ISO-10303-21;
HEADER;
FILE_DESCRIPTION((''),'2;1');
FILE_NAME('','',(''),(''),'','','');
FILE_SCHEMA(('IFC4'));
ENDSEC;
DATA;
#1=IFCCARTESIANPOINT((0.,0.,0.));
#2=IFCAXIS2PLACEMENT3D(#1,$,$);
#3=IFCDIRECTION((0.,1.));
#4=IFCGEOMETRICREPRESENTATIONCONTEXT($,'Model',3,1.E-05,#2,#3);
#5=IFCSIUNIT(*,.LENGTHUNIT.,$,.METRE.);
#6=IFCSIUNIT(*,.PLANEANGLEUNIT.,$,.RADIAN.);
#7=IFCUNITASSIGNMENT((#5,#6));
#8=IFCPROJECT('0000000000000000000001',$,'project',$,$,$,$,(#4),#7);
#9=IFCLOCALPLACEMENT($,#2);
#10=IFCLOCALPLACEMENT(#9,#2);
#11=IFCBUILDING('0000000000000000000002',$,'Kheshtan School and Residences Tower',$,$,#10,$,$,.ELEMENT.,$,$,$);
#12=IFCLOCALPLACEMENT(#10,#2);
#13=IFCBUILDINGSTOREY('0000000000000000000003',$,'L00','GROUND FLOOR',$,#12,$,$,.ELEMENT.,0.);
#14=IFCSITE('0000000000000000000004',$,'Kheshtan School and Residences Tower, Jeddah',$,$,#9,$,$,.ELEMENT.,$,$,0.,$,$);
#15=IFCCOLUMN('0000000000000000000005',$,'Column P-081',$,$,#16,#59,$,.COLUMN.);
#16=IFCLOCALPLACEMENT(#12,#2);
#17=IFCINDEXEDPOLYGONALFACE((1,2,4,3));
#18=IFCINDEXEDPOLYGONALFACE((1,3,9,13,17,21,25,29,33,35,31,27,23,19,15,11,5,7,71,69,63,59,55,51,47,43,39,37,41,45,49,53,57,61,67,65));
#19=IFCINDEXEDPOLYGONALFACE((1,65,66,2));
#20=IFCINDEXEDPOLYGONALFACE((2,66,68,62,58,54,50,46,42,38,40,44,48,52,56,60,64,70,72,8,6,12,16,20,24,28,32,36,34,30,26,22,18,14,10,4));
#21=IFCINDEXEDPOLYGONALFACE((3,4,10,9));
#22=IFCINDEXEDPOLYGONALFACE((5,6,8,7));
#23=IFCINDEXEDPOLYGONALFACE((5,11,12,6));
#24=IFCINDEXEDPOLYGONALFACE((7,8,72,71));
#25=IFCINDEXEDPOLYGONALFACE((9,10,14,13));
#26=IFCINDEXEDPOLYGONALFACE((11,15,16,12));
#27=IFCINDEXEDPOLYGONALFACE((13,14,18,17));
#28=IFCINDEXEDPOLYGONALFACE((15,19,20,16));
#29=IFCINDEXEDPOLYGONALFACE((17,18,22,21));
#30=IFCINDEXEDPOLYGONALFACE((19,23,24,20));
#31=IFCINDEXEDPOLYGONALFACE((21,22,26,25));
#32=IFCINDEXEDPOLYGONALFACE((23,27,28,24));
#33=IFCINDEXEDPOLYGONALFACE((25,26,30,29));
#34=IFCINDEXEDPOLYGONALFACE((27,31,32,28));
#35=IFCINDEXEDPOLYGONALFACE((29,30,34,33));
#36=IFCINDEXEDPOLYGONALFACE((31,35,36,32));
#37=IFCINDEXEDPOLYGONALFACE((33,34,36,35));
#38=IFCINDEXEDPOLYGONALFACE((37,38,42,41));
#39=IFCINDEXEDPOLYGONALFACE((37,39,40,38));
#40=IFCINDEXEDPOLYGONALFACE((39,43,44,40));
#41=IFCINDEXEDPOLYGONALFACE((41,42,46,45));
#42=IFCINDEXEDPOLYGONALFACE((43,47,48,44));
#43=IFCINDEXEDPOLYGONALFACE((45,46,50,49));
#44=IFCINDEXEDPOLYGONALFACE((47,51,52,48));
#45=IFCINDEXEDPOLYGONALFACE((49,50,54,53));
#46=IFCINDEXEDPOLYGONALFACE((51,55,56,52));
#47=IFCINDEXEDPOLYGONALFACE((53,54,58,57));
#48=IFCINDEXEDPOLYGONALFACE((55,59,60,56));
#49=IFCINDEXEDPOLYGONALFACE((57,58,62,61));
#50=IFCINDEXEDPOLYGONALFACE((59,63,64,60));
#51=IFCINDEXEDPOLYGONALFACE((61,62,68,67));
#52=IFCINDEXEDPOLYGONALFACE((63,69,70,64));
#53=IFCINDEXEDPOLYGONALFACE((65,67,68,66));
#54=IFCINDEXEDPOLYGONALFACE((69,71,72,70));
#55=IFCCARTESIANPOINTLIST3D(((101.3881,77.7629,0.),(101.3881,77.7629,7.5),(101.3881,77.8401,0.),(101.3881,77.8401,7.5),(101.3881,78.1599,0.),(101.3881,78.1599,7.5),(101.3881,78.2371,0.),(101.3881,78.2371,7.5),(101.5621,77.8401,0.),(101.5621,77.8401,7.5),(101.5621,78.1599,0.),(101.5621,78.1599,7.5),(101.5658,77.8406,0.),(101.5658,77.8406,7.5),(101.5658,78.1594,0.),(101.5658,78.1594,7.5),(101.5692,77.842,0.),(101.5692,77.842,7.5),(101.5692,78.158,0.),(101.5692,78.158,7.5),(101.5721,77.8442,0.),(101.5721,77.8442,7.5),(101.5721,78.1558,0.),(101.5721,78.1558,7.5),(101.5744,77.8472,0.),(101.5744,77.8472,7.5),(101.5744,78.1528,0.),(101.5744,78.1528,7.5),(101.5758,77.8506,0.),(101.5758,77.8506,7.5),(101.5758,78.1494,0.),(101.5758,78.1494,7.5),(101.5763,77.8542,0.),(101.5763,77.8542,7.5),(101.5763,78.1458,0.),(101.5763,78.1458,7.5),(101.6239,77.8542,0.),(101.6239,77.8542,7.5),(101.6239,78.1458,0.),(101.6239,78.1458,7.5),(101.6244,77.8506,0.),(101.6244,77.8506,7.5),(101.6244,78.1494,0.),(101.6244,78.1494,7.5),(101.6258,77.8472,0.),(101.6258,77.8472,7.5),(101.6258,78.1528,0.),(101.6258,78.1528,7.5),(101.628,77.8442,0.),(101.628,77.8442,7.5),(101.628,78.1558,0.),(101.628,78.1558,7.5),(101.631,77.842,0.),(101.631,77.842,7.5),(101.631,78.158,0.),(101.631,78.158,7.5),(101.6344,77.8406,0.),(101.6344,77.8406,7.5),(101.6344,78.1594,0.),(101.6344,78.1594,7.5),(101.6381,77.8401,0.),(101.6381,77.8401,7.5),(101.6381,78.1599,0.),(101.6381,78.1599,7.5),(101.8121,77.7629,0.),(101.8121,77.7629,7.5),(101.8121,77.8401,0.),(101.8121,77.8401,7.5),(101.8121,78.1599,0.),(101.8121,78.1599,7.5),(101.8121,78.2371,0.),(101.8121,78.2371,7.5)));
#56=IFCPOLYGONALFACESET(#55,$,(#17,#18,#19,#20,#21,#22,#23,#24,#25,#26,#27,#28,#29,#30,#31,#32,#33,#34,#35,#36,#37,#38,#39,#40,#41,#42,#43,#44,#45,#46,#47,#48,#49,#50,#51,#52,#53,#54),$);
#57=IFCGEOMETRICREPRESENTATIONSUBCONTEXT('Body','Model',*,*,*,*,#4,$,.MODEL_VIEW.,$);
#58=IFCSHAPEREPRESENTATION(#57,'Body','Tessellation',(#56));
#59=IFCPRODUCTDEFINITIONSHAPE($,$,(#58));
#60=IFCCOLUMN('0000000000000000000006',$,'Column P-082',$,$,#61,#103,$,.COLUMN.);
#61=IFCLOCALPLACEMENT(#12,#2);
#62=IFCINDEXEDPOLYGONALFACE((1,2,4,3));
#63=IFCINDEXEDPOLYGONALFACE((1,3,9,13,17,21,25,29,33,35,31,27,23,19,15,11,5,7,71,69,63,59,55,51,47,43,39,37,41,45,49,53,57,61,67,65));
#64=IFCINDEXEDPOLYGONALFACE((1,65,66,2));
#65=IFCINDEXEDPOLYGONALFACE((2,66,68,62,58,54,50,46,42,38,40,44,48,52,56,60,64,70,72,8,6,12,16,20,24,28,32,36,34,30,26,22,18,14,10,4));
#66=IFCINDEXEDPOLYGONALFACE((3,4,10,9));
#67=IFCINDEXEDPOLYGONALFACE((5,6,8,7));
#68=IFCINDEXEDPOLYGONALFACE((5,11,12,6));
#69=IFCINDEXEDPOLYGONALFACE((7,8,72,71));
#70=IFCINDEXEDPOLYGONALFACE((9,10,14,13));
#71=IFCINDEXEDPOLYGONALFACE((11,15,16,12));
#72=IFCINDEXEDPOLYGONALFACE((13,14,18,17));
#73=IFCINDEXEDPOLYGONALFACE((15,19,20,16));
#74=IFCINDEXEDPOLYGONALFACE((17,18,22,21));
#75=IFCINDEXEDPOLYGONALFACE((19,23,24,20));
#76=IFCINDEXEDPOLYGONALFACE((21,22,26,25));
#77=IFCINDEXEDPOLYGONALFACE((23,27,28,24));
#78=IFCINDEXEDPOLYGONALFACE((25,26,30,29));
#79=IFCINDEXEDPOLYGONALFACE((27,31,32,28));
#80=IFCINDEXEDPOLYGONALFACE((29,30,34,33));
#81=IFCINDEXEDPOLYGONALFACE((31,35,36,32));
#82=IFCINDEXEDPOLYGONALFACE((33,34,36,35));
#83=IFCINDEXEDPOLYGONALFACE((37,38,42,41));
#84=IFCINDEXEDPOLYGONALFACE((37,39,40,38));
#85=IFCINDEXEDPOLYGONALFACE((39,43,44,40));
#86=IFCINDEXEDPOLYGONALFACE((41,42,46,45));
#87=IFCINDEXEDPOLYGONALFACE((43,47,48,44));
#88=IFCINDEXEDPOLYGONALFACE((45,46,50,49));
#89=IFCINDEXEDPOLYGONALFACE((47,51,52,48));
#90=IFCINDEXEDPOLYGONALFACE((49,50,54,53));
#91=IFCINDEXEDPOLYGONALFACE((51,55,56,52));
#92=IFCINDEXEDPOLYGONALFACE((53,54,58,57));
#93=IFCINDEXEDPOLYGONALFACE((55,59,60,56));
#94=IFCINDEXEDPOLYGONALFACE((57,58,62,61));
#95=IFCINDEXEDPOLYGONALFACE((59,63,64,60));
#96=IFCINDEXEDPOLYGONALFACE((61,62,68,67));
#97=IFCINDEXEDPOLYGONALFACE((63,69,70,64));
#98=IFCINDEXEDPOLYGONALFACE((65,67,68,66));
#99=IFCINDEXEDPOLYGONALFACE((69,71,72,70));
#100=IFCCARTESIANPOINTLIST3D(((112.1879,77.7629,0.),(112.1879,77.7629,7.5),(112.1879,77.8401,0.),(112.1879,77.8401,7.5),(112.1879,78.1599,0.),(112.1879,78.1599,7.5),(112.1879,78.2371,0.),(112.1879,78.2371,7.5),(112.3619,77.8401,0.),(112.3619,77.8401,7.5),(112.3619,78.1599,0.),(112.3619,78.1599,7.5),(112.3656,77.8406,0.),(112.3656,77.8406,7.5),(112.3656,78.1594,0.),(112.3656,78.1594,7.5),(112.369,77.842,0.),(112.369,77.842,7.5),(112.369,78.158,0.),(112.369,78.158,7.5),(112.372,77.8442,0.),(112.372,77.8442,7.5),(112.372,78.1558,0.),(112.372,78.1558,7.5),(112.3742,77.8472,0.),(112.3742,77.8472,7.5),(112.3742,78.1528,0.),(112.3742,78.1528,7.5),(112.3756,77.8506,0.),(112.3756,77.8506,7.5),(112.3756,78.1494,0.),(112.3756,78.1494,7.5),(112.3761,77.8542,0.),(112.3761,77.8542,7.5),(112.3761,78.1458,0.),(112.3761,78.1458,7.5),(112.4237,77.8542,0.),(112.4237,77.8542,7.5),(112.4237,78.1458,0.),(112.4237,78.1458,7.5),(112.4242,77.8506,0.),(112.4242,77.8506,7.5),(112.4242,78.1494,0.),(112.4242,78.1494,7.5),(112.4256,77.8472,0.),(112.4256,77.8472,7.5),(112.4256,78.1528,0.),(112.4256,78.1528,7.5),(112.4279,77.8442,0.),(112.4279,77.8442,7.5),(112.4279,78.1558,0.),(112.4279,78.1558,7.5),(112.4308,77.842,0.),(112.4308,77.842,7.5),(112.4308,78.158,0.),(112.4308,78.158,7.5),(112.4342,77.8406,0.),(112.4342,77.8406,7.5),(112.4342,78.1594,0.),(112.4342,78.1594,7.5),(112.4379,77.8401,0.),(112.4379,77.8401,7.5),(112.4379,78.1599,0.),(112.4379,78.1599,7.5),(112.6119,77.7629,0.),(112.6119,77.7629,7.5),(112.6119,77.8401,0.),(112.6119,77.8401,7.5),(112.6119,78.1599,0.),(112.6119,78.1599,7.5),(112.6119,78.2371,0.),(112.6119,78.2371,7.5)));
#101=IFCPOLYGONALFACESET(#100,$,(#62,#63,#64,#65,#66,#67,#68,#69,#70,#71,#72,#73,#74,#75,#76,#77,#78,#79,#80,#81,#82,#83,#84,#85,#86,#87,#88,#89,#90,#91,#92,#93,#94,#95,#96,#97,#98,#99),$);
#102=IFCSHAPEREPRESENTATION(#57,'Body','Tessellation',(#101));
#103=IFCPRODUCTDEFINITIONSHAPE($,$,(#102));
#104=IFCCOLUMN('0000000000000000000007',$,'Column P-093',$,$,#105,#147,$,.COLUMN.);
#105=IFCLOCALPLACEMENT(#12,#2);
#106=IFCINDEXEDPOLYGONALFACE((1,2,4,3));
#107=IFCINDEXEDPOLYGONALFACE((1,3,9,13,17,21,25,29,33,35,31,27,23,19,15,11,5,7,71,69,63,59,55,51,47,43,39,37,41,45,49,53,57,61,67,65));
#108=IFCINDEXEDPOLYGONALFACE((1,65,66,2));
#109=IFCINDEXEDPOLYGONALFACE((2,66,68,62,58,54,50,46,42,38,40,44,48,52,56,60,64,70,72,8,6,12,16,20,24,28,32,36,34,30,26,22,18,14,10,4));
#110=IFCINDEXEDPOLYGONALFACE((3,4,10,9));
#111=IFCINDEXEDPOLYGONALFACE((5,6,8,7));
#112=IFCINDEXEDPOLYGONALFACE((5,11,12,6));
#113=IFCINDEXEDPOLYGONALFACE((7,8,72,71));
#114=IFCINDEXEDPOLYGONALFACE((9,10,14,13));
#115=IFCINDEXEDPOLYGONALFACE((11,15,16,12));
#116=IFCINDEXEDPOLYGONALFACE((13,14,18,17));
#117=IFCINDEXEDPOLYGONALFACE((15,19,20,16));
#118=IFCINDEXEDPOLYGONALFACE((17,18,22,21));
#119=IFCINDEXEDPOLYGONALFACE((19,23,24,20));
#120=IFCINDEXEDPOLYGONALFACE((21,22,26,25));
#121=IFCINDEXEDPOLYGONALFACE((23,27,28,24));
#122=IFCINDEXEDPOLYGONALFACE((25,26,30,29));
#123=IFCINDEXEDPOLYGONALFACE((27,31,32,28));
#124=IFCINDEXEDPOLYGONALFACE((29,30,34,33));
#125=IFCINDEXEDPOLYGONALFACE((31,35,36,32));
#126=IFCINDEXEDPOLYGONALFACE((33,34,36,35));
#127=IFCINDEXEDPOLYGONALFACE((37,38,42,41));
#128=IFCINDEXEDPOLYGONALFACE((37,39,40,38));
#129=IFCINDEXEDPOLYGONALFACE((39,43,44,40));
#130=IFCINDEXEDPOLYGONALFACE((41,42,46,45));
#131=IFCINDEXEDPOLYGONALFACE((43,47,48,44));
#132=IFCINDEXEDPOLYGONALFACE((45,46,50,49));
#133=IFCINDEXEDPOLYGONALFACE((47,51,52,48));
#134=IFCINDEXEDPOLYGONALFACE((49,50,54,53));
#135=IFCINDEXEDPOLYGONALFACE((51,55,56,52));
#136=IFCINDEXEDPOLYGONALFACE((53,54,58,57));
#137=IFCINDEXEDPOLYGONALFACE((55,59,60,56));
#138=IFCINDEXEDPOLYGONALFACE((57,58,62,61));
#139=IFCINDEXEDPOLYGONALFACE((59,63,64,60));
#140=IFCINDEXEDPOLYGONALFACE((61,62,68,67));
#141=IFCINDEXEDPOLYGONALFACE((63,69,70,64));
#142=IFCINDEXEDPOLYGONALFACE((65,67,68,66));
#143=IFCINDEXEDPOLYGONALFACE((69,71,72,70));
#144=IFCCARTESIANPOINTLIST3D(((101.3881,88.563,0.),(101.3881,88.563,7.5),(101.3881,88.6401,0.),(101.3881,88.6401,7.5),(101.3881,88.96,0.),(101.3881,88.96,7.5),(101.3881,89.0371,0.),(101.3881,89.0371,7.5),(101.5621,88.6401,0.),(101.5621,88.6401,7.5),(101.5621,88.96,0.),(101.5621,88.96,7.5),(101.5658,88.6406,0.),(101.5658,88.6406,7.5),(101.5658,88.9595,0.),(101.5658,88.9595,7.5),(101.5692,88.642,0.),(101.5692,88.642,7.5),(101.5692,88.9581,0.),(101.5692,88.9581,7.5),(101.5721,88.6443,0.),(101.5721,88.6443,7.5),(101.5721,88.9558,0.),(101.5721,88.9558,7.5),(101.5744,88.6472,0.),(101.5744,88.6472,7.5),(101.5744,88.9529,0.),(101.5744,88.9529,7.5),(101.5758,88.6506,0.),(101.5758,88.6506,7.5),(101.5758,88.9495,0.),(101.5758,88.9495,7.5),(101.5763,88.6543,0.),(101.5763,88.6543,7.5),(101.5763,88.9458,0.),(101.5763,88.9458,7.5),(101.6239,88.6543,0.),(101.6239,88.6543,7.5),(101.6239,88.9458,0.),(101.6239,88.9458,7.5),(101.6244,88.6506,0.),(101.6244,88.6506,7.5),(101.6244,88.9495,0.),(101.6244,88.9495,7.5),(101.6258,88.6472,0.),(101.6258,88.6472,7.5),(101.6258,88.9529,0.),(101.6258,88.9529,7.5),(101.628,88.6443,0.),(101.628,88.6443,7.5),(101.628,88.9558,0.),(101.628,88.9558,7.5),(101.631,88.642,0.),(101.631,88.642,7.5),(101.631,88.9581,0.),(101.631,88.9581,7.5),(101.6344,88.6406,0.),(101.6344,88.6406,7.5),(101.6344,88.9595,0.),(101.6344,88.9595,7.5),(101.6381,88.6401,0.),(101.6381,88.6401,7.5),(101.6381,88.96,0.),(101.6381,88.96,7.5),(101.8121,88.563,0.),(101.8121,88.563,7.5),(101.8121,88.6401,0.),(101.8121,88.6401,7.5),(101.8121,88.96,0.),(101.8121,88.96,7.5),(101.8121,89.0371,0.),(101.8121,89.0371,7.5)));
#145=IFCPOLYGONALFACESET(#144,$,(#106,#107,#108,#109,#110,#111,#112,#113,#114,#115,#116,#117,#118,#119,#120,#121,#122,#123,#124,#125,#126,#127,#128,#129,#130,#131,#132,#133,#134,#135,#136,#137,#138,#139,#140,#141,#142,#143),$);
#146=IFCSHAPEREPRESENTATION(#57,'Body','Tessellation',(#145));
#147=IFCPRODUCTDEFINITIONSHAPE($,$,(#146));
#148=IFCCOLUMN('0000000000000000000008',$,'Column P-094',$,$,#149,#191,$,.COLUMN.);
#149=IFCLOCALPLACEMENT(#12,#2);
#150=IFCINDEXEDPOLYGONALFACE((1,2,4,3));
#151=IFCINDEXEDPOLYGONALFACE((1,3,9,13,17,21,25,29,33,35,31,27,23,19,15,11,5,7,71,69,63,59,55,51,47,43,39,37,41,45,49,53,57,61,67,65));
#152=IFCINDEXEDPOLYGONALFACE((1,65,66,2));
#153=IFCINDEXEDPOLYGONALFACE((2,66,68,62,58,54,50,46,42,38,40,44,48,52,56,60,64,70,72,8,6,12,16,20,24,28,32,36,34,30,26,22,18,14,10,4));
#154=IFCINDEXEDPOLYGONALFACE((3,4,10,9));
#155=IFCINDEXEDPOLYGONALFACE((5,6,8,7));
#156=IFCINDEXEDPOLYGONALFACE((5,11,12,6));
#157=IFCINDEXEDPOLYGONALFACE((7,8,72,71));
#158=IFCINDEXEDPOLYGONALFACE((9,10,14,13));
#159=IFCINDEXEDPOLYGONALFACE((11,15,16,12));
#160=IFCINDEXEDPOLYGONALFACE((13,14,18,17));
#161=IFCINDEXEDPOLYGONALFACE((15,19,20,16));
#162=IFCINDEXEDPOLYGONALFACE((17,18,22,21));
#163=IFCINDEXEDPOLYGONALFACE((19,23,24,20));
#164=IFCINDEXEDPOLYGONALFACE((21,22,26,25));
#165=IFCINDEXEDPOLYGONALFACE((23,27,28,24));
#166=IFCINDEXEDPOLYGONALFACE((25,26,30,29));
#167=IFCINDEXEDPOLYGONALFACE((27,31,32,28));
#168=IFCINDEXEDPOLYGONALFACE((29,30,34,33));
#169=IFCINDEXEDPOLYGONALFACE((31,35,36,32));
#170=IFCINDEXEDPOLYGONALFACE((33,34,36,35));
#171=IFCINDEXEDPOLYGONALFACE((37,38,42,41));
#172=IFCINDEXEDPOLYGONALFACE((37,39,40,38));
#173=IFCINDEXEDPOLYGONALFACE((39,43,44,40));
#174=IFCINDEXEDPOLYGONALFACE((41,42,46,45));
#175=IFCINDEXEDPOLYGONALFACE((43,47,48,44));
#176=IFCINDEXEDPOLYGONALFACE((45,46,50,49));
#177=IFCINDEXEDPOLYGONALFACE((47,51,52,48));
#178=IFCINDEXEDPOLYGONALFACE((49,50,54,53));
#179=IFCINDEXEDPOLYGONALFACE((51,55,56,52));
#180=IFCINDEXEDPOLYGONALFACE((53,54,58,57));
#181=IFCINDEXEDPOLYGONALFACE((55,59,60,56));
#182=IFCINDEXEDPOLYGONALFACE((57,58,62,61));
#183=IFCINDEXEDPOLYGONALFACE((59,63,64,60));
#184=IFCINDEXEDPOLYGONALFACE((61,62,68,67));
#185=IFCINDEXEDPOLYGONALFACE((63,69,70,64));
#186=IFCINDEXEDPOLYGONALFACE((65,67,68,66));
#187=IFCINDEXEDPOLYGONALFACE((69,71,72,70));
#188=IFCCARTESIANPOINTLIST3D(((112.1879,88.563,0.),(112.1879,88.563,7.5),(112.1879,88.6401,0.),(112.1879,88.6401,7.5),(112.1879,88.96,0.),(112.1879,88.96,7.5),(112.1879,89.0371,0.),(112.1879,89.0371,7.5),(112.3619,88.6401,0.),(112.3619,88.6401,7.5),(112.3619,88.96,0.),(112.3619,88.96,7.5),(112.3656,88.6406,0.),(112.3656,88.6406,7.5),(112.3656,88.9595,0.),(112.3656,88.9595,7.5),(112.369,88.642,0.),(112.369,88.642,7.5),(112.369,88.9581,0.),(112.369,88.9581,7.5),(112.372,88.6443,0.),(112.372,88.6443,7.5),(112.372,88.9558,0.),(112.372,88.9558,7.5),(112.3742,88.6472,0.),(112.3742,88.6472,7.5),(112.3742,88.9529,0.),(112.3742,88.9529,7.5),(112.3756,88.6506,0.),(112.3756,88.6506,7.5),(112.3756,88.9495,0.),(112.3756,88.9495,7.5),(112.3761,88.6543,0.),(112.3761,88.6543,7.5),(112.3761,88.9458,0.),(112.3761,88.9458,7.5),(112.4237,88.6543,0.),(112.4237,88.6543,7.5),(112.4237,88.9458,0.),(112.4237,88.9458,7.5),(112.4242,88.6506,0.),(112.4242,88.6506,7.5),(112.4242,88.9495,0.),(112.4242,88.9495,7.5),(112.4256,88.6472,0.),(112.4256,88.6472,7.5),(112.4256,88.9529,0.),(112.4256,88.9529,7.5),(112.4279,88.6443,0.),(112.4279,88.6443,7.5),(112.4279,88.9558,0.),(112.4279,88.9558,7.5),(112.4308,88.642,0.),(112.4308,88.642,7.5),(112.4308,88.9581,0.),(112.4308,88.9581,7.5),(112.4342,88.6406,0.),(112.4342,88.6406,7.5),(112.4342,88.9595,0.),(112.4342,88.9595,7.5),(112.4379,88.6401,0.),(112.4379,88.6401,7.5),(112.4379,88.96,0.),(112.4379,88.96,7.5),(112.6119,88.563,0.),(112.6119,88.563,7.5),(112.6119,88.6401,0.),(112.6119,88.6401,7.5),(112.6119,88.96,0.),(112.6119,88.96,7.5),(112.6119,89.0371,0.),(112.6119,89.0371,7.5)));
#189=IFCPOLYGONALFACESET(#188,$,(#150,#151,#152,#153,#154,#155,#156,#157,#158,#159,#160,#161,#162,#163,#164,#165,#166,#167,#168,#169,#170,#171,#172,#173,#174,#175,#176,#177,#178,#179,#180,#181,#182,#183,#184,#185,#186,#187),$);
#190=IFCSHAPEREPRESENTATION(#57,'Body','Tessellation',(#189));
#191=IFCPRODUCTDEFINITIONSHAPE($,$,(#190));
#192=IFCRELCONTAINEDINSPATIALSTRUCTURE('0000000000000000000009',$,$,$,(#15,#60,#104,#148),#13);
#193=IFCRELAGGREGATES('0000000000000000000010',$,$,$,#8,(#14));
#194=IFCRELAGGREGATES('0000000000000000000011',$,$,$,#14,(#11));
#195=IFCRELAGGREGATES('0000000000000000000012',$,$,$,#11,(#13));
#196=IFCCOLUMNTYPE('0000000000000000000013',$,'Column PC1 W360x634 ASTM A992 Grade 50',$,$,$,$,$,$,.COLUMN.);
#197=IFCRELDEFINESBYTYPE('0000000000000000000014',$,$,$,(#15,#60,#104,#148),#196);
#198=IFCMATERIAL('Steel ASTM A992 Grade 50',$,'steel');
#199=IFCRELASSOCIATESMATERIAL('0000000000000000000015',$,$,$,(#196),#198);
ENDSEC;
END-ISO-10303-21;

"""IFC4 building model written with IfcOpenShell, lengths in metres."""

from ifc_helpers import new_model, si_unit, direction, frame, origin, origin_2d, place, context, subcontext, project, spatial, i_section, extrude, material, material_profile, profile_set, type_object, element, save


model = new_model("IFC4")

# Units and contexts
model_context = context("Model", 3, precision=1e-05, world=origin(), true_north=direction((0.0, 1.0)))
body_context = subcontext(model_context, "Body", "Model", "MODEL_VIEW")
ifc_project = project(units=[si_unit("LENGTHUNIT", "METRE"), si_unit("PLANEANGLEUNIT", "RADIAN")], contexts=[model_context])

# Site, building, storey
site_placement = place(None, origin())
site = spatial("IfcSite", under=ifc_project, at=site_placement, Name="Kheshtan School and Residences Tower, Jeddah", CompositionType="ELEMENT", RefElevation=0.0)
building_placement = place(site_placement, origin())
building = spatial("IfcBuilding", under=site, at=building_placement, Name="Kheshtan School and Residences Tower", CompositionType="ELEMENT")
storey_placement = place(building_placement, origin())
storey = spatial("IfcBuildingStorey", under=building, at=storey_placement, Name="L00", Description="GROUND FLOOR", CompositionType="ELEMENT", Elevation=0.0)

# Columns
ifc_material_1 = material(Name="Steel ASTM A992 Grade 50", Category="steel")
ifc_material_profile_1 = material_profile(ifc_material_1, i_section(OverallWidth=0.4241, OverallDepth=0.4741, WebThickness=0.0476, FlangeThickness=0.0771, FilletRadius=0.0142, at=origin_2d()), Name="W360x634")
ifc_profile_set_1 = profile_set([ifc_material_profile_1], Name="Steel ASTM A992 Grade 50")
column_type = type_object("IfcColumnType", Name="Column PC1 W360x634 ASTM A992 Grade 50", PredefinedType="COLUMN", material=ifc_profile_set_1)
for number, where, z_axis, x_axis, name in (
    (1, (101.6001, 78.0, 0.0), (0.0, 0.0, 1.0), (1.0, 0.0, 0.0), "Column P-081"),
    (2, (112.3999, 78.0, 0.0), (0.0, 0.0, 1.0), (1.0, 0.0, 0.0), "Column P-082"),
    (3, (101.6001, 88.8, 0.0), (0.0, 0.0, 1.0), (1.0, 0.0, 0.0), "Column P-093"),
    (4, (112.3999, 88.8, 0.0), (0.0, 0.0, 1.0), (1.0, 0.0, 0.0), "Column P-094"),
):
    element("IfcColumn", number, at=place(storey_placement, frame(where, z_axis=z_axis, x_axis=x_axis)), inside=storey, type_object=column_type, Name=name, PredefinedType="COLUMN", context=body_context, shape_type="SweptSolid", body=[
        extrude(i_section(OverallWidth=0.4241, OverallDepth=0.4741, WebThickness=0.0476, FlangeThickness=0.0771, FilletRadius=0.0142, at=origin_2d()), origin(), (0.0, 0.0, 1.0), 7.5),
    ])

save(model, "model.ifc")
